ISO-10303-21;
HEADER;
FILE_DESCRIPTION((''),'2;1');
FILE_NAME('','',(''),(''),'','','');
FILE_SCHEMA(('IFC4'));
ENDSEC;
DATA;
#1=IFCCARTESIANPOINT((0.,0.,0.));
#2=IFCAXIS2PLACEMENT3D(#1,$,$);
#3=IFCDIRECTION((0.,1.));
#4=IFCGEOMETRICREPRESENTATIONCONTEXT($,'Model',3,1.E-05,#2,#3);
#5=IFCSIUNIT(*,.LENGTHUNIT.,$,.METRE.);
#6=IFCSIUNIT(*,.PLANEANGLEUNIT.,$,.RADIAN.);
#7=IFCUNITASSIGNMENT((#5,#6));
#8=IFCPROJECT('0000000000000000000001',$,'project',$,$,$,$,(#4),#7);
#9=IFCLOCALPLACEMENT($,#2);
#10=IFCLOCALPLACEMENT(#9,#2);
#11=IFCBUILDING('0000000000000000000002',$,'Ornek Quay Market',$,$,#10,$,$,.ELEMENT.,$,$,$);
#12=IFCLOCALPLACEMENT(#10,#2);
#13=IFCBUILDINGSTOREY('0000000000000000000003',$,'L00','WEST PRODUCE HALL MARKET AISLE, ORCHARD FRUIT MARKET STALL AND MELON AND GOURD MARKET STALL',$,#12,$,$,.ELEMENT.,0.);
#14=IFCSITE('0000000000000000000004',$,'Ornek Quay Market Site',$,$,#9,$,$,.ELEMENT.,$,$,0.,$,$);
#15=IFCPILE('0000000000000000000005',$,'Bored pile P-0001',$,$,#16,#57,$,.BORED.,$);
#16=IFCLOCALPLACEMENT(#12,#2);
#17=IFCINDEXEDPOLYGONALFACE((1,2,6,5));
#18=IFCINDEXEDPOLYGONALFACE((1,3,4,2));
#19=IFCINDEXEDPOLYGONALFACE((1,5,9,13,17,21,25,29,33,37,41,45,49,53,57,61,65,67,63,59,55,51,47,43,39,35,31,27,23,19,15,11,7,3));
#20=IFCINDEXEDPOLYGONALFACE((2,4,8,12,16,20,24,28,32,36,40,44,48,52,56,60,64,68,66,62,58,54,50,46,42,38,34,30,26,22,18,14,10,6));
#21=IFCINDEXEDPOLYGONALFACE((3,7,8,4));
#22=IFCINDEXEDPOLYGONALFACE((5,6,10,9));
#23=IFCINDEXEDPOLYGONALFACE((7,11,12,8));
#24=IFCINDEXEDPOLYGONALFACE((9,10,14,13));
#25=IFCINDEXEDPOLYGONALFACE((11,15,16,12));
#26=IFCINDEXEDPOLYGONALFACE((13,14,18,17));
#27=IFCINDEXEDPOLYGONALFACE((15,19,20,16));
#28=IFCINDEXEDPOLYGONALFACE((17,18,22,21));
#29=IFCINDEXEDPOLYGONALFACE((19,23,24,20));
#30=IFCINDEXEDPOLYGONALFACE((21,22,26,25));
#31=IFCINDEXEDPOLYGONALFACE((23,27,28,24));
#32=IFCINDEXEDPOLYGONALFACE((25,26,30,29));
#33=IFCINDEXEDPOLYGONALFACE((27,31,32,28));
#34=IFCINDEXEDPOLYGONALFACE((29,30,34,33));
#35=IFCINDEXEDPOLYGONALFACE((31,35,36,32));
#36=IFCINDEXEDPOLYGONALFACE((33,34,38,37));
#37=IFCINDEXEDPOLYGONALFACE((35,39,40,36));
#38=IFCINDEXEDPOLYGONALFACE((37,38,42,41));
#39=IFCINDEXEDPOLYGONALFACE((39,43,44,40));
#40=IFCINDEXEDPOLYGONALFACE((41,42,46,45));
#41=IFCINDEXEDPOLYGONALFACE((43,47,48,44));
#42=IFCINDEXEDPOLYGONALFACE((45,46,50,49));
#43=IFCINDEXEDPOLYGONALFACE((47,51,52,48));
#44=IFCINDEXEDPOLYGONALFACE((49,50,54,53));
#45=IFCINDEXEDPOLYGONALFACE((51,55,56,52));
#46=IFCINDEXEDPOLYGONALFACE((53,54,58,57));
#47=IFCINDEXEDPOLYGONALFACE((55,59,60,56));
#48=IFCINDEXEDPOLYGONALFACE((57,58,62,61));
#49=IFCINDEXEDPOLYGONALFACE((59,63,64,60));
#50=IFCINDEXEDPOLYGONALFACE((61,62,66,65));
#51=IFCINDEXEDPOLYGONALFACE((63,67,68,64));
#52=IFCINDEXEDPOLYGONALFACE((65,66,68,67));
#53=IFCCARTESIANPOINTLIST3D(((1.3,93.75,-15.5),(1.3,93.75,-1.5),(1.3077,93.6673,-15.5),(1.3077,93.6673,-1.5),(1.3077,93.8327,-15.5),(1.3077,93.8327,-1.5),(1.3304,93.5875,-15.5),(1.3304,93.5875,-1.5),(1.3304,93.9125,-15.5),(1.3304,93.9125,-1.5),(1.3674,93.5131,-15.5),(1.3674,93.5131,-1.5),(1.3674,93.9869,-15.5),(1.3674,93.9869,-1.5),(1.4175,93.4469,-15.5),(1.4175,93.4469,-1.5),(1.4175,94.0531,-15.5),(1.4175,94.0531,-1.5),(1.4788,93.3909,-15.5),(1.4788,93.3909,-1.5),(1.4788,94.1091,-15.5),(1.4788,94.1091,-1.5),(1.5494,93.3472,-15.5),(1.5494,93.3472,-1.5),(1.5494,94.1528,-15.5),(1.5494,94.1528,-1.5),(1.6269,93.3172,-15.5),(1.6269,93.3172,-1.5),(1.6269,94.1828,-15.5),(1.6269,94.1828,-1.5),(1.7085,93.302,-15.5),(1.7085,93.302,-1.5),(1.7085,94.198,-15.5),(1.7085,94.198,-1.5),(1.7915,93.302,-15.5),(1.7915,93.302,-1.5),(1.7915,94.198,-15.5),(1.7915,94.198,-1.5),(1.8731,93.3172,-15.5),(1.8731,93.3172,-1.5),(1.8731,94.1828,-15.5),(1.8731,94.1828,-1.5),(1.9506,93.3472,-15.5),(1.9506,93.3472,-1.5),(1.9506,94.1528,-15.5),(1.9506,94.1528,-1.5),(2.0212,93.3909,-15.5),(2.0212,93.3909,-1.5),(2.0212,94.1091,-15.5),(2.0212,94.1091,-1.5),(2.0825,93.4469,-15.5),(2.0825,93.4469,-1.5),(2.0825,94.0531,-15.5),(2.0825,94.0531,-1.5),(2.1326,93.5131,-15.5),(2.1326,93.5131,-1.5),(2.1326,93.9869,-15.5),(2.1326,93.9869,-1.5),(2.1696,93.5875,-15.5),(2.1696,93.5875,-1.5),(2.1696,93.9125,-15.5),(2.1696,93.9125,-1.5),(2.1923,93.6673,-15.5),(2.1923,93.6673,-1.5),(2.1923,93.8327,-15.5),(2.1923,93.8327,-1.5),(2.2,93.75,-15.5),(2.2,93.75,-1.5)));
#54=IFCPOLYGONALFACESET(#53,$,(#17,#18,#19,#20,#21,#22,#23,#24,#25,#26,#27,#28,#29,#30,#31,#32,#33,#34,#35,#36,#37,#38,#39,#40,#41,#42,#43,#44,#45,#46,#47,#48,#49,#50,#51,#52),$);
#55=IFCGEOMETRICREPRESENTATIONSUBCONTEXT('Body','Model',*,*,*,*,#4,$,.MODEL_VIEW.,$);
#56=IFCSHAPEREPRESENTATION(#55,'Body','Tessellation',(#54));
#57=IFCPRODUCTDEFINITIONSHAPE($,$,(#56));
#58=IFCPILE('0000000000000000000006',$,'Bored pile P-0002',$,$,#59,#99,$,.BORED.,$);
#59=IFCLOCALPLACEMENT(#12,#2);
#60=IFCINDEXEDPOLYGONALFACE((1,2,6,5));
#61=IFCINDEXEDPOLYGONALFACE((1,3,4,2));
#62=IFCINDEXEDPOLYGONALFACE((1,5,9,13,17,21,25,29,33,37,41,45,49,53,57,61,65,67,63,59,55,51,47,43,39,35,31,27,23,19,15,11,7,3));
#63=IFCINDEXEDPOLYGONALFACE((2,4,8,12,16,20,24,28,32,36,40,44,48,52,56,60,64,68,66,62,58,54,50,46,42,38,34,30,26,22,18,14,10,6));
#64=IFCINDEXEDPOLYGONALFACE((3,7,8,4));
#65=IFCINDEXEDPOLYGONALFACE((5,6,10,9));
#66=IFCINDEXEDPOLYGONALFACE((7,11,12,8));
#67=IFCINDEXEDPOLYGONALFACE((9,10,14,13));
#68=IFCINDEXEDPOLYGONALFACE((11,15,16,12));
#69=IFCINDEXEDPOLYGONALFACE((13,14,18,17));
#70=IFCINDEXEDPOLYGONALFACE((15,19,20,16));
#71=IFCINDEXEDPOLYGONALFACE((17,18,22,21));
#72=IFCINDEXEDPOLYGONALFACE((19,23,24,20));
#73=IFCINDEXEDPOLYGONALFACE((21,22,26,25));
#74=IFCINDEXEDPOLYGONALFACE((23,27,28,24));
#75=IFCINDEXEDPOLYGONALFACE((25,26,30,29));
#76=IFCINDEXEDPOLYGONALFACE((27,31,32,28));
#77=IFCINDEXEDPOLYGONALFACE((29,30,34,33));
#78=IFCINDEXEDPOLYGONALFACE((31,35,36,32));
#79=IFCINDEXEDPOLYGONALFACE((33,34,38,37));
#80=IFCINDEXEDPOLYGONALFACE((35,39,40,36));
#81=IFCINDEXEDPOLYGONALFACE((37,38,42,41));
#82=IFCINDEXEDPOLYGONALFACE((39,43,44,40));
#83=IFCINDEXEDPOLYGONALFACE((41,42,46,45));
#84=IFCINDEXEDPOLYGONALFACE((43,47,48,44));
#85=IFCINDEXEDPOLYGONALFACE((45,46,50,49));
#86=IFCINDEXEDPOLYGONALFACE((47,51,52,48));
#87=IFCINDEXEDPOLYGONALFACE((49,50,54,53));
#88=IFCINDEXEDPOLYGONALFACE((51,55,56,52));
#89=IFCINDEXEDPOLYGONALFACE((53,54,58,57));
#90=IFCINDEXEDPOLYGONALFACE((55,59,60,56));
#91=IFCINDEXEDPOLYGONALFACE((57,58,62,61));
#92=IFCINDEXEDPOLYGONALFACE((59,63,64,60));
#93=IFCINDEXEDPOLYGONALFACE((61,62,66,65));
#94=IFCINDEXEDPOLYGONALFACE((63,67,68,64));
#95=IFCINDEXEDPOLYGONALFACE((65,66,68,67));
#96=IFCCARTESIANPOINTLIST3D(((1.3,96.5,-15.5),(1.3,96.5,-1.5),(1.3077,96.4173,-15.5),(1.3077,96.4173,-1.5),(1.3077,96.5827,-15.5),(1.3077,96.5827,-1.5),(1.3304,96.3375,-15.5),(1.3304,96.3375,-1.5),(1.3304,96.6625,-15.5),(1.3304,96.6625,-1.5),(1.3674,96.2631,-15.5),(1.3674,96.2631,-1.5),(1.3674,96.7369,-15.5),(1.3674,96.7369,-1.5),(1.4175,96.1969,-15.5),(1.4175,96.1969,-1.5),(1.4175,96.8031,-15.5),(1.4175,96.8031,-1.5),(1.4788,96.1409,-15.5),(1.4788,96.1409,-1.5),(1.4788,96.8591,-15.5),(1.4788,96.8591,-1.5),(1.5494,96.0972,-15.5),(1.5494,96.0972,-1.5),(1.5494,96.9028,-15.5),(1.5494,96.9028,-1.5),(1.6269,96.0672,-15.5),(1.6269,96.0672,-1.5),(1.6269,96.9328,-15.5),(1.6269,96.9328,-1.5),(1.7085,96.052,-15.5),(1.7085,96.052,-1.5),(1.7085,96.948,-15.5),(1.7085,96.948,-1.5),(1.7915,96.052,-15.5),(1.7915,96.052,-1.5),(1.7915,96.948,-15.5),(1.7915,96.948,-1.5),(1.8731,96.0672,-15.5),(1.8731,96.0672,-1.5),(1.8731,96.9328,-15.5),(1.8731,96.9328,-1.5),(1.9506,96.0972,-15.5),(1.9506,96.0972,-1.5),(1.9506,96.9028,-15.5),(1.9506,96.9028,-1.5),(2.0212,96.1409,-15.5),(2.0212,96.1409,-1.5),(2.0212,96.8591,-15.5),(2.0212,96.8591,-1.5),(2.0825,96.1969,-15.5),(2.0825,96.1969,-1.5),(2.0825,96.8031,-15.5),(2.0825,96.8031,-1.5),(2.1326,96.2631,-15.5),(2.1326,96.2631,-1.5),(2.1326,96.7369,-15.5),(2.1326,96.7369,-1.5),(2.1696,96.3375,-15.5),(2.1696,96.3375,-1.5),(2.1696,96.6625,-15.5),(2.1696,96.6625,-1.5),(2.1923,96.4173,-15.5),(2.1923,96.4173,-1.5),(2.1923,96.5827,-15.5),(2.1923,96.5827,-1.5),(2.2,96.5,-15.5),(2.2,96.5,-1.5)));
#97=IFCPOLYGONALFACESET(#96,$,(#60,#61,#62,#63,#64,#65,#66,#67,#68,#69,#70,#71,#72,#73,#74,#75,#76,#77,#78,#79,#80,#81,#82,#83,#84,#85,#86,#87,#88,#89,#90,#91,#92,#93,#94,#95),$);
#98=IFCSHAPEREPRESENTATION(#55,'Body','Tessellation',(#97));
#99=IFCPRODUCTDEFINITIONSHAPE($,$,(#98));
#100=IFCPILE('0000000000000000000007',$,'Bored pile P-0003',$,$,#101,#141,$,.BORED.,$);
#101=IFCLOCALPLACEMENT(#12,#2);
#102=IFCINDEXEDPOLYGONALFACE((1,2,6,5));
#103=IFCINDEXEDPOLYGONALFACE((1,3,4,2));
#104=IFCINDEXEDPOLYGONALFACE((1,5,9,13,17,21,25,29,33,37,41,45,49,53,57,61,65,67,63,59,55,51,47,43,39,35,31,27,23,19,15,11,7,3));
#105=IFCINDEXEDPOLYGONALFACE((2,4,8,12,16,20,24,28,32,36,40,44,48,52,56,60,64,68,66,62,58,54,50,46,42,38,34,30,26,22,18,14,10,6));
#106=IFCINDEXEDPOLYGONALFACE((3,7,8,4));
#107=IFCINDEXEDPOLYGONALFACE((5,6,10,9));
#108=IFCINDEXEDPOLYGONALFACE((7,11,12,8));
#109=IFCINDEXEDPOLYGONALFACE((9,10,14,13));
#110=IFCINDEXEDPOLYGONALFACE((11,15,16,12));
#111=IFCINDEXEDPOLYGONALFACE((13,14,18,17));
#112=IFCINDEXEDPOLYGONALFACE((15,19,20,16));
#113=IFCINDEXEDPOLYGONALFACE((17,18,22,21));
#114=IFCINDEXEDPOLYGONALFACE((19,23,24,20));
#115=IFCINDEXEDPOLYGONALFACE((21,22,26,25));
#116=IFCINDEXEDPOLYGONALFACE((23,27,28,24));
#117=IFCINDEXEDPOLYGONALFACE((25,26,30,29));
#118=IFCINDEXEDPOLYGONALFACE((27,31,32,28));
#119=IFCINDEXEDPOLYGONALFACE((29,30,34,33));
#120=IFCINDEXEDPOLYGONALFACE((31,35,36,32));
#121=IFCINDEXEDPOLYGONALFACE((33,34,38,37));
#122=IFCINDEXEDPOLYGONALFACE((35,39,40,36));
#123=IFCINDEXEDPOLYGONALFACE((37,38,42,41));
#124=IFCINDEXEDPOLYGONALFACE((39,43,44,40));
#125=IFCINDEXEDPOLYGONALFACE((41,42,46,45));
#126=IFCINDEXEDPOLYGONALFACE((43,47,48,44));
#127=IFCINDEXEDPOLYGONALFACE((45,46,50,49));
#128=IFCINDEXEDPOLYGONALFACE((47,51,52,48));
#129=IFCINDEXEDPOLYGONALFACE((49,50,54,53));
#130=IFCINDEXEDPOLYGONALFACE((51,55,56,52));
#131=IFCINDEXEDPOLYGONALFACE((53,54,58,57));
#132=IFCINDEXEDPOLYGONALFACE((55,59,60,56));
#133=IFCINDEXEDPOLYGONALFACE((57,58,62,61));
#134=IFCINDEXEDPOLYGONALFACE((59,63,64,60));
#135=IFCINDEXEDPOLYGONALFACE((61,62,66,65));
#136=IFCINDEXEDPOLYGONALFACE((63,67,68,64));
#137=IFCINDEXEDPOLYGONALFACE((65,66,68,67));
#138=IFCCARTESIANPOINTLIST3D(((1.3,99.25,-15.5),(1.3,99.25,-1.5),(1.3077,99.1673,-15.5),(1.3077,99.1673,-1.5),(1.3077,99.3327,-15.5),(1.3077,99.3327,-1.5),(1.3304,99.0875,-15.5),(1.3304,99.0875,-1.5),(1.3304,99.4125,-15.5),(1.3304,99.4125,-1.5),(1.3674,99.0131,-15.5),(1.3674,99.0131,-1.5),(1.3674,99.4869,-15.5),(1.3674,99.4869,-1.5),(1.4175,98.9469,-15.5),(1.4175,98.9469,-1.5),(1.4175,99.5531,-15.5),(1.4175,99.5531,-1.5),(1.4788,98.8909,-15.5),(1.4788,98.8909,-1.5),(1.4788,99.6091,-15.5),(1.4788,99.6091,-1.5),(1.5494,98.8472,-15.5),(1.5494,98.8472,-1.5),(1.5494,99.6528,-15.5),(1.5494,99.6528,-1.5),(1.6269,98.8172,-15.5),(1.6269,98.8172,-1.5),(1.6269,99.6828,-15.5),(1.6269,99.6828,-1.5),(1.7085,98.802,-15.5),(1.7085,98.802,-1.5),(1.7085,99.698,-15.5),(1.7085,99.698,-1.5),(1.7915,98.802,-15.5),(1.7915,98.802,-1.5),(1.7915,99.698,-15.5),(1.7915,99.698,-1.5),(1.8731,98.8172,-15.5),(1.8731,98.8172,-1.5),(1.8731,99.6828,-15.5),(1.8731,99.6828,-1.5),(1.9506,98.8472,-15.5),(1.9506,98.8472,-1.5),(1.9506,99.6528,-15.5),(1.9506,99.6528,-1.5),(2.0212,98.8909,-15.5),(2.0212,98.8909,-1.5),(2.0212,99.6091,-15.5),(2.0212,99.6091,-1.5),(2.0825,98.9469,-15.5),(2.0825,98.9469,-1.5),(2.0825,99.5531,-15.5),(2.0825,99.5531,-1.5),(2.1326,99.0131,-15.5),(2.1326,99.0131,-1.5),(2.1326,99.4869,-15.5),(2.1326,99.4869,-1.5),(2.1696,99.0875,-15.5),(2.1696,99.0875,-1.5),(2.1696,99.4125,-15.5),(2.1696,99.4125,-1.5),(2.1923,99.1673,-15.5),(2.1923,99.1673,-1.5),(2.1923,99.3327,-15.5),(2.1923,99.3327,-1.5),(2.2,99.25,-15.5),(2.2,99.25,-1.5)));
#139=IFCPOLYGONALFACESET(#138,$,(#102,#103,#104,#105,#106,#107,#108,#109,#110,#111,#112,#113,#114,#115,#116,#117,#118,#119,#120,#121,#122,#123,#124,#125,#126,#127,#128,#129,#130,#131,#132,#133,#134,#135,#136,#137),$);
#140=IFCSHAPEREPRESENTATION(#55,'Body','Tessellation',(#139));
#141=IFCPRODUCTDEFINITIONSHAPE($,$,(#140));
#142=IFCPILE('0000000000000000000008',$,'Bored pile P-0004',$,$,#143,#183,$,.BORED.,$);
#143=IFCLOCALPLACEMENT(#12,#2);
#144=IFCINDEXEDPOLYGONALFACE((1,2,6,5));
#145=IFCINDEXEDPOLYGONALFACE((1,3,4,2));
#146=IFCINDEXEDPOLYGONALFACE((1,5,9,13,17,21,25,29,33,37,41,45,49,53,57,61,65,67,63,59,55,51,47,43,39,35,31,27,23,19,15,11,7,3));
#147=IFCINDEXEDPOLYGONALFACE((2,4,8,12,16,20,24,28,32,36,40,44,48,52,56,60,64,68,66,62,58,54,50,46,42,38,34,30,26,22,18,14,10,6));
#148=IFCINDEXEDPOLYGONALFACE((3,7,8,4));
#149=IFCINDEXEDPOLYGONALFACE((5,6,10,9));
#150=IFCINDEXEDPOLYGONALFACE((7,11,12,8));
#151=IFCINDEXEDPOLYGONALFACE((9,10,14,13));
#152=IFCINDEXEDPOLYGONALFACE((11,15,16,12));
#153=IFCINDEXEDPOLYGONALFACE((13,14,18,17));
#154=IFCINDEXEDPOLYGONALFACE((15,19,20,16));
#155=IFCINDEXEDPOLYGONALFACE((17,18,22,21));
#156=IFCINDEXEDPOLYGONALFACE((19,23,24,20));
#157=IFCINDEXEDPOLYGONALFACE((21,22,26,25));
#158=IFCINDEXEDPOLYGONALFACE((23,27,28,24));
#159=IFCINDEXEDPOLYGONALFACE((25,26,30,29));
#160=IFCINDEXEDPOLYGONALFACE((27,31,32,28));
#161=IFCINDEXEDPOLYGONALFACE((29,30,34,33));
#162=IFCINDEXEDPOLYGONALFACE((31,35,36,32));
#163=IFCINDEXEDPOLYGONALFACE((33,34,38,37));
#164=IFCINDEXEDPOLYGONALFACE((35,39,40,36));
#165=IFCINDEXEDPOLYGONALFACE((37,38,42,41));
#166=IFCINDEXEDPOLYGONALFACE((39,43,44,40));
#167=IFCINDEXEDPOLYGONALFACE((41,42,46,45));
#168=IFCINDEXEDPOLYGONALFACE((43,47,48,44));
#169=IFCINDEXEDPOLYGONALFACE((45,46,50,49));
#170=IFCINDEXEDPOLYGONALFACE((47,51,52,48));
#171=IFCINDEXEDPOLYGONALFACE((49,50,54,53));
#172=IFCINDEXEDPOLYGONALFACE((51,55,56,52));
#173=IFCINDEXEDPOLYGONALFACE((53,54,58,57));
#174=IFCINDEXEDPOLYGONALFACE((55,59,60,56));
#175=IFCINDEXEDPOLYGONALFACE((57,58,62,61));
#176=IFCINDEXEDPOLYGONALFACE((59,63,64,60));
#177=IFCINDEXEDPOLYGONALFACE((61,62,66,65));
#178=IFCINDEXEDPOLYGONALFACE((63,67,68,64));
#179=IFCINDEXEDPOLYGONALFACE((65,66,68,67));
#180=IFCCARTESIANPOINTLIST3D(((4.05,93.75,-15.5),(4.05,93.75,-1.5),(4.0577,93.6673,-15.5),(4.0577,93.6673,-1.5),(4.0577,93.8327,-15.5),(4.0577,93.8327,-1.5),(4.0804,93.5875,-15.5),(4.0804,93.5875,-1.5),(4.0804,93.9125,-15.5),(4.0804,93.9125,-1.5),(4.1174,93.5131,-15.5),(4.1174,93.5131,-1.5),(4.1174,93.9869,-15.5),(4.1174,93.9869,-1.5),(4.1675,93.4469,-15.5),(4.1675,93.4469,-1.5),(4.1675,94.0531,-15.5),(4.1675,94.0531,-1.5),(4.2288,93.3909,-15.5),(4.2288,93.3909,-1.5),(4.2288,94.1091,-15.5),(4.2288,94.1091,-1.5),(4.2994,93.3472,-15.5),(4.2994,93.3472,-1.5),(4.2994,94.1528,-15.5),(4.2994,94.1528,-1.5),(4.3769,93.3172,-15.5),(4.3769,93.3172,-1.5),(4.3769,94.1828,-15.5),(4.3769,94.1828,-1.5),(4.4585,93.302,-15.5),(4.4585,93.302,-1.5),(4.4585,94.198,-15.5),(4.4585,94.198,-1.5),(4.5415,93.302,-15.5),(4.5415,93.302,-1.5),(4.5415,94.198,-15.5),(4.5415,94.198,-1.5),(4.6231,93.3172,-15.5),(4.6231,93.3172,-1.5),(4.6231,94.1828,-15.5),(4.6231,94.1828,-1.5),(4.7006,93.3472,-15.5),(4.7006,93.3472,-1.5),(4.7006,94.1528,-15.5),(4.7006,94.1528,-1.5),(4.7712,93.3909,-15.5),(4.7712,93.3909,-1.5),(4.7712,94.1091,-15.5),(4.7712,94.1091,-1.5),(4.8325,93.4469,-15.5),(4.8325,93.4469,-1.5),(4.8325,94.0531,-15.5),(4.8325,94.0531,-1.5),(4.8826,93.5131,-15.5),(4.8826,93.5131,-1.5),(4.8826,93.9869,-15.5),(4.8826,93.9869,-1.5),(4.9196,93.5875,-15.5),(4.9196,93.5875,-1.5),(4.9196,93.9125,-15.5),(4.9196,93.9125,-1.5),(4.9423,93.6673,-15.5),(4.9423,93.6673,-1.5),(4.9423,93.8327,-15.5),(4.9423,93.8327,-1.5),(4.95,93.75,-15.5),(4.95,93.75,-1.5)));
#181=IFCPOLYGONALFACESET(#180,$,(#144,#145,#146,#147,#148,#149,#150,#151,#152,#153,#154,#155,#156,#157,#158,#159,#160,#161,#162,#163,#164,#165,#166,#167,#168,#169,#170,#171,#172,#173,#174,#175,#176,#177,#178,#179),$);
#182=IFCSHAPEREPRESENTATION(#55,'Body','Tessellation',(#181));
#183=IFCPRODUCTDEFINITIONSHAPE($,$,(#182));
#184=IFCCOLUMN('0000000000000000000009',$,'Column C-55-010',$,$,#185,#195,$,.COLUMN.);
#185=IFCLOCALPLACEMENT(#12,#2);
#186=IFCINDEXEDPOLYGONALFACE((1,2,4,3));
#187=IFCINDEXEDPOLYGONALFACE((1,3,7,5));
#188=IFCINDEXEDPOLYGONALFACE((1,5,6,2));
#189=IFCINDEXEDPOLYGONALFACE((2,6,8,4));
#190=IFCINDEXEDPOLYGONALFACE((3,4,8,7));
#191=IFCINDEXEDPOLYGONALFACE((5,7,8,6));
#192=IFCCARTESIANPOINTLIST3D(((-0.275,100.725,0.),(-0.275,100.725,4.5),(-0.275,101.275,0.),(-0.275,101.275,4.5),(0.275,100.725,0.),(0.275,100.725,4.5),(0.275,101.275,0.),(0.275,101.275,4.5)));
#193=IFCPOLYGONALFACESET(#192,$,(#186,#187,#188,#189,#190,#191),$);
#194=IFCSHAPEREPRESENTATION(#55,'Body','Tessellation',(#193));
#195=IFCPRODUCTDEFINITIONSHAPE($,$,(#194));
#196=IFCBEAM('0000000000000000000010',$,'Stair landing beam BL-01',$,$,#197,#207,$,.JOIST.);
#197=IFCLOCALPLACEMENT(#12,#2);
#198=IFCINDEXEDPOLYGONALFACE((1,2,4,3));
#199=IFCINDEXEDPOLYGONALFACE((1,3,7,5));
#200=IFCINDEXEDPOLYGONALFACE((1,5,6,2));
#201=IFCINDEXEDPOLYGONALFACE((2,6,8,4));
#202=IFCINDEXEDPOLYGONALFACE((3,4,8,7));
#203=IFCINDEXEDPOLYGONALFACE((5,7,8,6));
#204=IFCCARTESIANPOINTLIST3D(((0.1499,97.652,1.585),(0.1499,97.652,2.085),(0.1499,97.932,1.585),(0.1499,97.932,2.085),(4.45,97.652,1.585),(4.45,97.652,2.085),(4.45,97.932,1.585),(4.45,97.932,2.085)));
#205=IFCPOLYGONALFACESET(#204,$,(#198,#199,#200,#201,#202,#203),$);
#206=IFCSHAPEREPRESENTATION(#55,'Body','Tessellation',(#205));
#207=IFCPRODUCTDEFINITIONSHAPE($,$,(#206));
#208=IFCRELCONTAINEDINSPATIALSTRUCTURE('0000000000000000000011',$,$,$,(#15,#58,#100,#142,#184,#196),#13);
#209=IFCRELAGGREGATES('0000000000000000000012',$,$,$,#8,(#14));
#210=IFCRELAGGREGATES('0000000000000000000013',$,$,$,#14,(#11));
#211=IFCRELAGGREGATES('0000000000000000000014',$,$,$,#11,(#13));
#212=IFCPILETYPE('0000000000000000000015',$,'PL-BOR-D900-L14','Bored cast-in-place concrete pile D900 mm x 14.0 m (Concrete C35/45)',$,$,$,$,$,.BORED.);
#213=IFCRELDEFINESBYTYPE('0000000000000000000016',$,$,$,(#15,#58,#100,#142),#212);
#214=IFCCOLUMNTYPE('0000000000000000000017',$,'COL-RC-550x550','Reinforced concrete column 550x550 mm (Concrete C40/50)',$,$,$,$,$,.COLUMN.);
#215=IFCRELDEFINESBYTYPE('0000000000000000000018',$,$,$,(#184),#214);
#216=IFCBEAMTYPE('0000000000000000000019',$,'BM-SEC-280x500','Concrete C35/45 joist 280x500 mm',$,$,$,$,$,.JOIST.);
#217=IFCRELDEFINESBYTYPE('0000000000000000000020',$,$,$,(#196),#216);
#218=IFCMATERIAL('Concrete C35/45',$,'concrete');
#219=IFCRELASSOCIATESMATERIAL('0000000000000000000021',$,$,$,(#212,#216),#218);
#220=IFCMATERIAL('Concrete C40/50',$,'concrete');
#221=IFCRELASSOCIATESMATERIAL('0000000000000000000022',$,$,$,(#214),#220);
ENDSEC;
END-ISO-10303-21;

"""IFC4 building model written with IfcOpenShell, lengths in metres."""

from ifc_helpers import new_model, si_unit, direction, frame, origin, origin_2d, place, context, subcontext, project, spatial, rectangle, circle, extrude, material, material_profile, profile_set, type_object, element, save


model = new_model("IFC4")

# Units and contexts
model_context = context("Model", 3, precision=1e-05, world=origin(), true_north=direction((0.0, 1.0)))
body_context = subcontext(model_context, "Body", "Model", "MODEL_VIEW")
ifc_project = project(units=[si_unit("LENGTHUNIT", "METRE"), si_unit("PLANEANGLEUNIT", "RADIAN")], contexts=[model_context])

# Site, building, storey
site_placement = place(None, origin())
site = spatial("IfcSite", under=ifc_project, at=site_placement, Name="Ornek Quay Market Site", CompositionType="ELEMENT", RefElevation=0.0)
building_placement = place(site_placement, origin())
building = spatial("IfcBuilding", under=site, at=building_placement, Name="Ornek Quay Market", CompositionType="ELEMENT")
storey_placement = place(building_placement, origin())
storey = spatial("IfcBuildingStorey", under=building, at=storey_placement, Name="L00", Description="WEST PRODUCE HALL MARKET AISLE, ORCHARD FRUIT MARKET STALL AND MELON AND GOURD MARKET STALL", CompositionType="ELEMENT", Elevation=0.0)

# Piles
ifc_material_1 = material(Name="Concrete C35/45", Category="concrete")
ifc_material_profile_1 = material_profile(ifc_material_1, circle(Radius=0.45, at=origin_2d()), Name="PILE D900", Category="concrete")
ifc_profile_set_1 = profile_set([ifc_material_profile_1], Name="Concrete C35/45")
pile_type = type_object("IfcPileType", Name="PL-BOR-D900-L14", Description="Bored cast-in-place concrete pile D900 mm x 14.0 m (Concrete C35/45)", PredefinedType="BORED", material=ifc_profile_set_1)
for number, where, z_axis, x_axis, name in (
    (1, (1.75, 93.75, -1.5), (0.0, 0.0, -1.0), (1.0, 0.0, 0.0), "Bored pile P-0001"),
    (2, (1.75, 96.5, -1.5), (0.0, 0.0, -1.0), (1.0, 0.0, 0.0), "Bored pile P-0002"),
    (3, (1.75, 99.25, -1.5), (0.0, 0.0, -1.0), (1.0, 0.0, 0.0), "Bored pile P-0003"),
    (4, (4.5, 93.75, -1.5), (0.0, 0.0, -1.0), (1.0, 0.0, 0.0), "Bored pile P-0004"),
):
    element("IfcPile", number, at=place(storey_placement, frame(where, z_axis=z_axis, x_axis=x_axis)), inside=storey, type_object=pile_type, Name=name, PredefinedType="BORED", context=body_context, shape_type="SweptSolid", body=[
        extrude(circle(Radius=0.45, at=origin_2d()), origin(), (0.0, 0.0, 1.0), 14.0),
    ])

# Column
ifc_material_2 = material(Name="Concrete C40/50", Category="concrete")
ifc_material_profile_2 = material_profile(ifc_material_2, rectangle(XDim=0.55, YDim=0.55, at=origin_2d()), Name="RC 550x550", Category="concrete")
ifc_profile_set_2 = profile_set([ifc_material_profile_2], Name="Concrete C40/50")
column_type = type_object("IfcColumnType", Name="COL-RC-550x550", Description="Reinforced concrete column 550x550 mm (Concrete C40/50)", PredefinedType="COLUMN", material=ifc_profile_set_2)
column_placement = place(storey_placement, frame((0.0, 101.0, 0.0), z_axis=(0.0, 0.0, 1.0), x_axis=(1.0, 0.0, 0.0)))
element("IfcColumn", 5, at=column_placement, inside=storey, type_object=column_type, Name="Column C-55-010", PredefinedType="COLUMN", context=body_context, shape_type="SweptSolid", body=[
    extrude(rectangle(XDim=0.55, YDim=0.55, at=origin_2d()), origin(), (0.0, 0.0, 1.0), 4.5),
])

# Beam
ifc_material_profile_3 = material_profile(ifc_material_1, rectangle(XDim=0.28, YDim=0.5, at=origin_2d()), Name="RC 280x500", Category="concrete")
ifc_profile_set_3 = profile_set([ifc_material_profile_3], Name="Concrete C35/45")
beam_type_1 = type_object("IfcBeamType", Name="BM-SEC-280x500", Description="Concrete C35/45 joist 280x500 mm", PredefinedType="JOIST", material=ifc_profile_set_3)
beam_1_placement = place(storey_placement, frame((0.1499, 97.792, 1.835), z_axis=(1.0, 0.0, 0.0), x_axis=(0.0, 1.0, 0.0)))
element("IfcBeam", 6, at=beam_1_placement, inside=storey, type_object=beam_type_1, Name="Stair landing beam BL-01", PredefinedType="JOIST", context=body_context, shape_type="SweptSolid", body=[
    extrude(rectangle(XDim=0.28, YDim=0.5, at=origin_2d()), origin(), (0.0, 0.0, 1.0), 4.3),
])

save(model, "model.ifc")
